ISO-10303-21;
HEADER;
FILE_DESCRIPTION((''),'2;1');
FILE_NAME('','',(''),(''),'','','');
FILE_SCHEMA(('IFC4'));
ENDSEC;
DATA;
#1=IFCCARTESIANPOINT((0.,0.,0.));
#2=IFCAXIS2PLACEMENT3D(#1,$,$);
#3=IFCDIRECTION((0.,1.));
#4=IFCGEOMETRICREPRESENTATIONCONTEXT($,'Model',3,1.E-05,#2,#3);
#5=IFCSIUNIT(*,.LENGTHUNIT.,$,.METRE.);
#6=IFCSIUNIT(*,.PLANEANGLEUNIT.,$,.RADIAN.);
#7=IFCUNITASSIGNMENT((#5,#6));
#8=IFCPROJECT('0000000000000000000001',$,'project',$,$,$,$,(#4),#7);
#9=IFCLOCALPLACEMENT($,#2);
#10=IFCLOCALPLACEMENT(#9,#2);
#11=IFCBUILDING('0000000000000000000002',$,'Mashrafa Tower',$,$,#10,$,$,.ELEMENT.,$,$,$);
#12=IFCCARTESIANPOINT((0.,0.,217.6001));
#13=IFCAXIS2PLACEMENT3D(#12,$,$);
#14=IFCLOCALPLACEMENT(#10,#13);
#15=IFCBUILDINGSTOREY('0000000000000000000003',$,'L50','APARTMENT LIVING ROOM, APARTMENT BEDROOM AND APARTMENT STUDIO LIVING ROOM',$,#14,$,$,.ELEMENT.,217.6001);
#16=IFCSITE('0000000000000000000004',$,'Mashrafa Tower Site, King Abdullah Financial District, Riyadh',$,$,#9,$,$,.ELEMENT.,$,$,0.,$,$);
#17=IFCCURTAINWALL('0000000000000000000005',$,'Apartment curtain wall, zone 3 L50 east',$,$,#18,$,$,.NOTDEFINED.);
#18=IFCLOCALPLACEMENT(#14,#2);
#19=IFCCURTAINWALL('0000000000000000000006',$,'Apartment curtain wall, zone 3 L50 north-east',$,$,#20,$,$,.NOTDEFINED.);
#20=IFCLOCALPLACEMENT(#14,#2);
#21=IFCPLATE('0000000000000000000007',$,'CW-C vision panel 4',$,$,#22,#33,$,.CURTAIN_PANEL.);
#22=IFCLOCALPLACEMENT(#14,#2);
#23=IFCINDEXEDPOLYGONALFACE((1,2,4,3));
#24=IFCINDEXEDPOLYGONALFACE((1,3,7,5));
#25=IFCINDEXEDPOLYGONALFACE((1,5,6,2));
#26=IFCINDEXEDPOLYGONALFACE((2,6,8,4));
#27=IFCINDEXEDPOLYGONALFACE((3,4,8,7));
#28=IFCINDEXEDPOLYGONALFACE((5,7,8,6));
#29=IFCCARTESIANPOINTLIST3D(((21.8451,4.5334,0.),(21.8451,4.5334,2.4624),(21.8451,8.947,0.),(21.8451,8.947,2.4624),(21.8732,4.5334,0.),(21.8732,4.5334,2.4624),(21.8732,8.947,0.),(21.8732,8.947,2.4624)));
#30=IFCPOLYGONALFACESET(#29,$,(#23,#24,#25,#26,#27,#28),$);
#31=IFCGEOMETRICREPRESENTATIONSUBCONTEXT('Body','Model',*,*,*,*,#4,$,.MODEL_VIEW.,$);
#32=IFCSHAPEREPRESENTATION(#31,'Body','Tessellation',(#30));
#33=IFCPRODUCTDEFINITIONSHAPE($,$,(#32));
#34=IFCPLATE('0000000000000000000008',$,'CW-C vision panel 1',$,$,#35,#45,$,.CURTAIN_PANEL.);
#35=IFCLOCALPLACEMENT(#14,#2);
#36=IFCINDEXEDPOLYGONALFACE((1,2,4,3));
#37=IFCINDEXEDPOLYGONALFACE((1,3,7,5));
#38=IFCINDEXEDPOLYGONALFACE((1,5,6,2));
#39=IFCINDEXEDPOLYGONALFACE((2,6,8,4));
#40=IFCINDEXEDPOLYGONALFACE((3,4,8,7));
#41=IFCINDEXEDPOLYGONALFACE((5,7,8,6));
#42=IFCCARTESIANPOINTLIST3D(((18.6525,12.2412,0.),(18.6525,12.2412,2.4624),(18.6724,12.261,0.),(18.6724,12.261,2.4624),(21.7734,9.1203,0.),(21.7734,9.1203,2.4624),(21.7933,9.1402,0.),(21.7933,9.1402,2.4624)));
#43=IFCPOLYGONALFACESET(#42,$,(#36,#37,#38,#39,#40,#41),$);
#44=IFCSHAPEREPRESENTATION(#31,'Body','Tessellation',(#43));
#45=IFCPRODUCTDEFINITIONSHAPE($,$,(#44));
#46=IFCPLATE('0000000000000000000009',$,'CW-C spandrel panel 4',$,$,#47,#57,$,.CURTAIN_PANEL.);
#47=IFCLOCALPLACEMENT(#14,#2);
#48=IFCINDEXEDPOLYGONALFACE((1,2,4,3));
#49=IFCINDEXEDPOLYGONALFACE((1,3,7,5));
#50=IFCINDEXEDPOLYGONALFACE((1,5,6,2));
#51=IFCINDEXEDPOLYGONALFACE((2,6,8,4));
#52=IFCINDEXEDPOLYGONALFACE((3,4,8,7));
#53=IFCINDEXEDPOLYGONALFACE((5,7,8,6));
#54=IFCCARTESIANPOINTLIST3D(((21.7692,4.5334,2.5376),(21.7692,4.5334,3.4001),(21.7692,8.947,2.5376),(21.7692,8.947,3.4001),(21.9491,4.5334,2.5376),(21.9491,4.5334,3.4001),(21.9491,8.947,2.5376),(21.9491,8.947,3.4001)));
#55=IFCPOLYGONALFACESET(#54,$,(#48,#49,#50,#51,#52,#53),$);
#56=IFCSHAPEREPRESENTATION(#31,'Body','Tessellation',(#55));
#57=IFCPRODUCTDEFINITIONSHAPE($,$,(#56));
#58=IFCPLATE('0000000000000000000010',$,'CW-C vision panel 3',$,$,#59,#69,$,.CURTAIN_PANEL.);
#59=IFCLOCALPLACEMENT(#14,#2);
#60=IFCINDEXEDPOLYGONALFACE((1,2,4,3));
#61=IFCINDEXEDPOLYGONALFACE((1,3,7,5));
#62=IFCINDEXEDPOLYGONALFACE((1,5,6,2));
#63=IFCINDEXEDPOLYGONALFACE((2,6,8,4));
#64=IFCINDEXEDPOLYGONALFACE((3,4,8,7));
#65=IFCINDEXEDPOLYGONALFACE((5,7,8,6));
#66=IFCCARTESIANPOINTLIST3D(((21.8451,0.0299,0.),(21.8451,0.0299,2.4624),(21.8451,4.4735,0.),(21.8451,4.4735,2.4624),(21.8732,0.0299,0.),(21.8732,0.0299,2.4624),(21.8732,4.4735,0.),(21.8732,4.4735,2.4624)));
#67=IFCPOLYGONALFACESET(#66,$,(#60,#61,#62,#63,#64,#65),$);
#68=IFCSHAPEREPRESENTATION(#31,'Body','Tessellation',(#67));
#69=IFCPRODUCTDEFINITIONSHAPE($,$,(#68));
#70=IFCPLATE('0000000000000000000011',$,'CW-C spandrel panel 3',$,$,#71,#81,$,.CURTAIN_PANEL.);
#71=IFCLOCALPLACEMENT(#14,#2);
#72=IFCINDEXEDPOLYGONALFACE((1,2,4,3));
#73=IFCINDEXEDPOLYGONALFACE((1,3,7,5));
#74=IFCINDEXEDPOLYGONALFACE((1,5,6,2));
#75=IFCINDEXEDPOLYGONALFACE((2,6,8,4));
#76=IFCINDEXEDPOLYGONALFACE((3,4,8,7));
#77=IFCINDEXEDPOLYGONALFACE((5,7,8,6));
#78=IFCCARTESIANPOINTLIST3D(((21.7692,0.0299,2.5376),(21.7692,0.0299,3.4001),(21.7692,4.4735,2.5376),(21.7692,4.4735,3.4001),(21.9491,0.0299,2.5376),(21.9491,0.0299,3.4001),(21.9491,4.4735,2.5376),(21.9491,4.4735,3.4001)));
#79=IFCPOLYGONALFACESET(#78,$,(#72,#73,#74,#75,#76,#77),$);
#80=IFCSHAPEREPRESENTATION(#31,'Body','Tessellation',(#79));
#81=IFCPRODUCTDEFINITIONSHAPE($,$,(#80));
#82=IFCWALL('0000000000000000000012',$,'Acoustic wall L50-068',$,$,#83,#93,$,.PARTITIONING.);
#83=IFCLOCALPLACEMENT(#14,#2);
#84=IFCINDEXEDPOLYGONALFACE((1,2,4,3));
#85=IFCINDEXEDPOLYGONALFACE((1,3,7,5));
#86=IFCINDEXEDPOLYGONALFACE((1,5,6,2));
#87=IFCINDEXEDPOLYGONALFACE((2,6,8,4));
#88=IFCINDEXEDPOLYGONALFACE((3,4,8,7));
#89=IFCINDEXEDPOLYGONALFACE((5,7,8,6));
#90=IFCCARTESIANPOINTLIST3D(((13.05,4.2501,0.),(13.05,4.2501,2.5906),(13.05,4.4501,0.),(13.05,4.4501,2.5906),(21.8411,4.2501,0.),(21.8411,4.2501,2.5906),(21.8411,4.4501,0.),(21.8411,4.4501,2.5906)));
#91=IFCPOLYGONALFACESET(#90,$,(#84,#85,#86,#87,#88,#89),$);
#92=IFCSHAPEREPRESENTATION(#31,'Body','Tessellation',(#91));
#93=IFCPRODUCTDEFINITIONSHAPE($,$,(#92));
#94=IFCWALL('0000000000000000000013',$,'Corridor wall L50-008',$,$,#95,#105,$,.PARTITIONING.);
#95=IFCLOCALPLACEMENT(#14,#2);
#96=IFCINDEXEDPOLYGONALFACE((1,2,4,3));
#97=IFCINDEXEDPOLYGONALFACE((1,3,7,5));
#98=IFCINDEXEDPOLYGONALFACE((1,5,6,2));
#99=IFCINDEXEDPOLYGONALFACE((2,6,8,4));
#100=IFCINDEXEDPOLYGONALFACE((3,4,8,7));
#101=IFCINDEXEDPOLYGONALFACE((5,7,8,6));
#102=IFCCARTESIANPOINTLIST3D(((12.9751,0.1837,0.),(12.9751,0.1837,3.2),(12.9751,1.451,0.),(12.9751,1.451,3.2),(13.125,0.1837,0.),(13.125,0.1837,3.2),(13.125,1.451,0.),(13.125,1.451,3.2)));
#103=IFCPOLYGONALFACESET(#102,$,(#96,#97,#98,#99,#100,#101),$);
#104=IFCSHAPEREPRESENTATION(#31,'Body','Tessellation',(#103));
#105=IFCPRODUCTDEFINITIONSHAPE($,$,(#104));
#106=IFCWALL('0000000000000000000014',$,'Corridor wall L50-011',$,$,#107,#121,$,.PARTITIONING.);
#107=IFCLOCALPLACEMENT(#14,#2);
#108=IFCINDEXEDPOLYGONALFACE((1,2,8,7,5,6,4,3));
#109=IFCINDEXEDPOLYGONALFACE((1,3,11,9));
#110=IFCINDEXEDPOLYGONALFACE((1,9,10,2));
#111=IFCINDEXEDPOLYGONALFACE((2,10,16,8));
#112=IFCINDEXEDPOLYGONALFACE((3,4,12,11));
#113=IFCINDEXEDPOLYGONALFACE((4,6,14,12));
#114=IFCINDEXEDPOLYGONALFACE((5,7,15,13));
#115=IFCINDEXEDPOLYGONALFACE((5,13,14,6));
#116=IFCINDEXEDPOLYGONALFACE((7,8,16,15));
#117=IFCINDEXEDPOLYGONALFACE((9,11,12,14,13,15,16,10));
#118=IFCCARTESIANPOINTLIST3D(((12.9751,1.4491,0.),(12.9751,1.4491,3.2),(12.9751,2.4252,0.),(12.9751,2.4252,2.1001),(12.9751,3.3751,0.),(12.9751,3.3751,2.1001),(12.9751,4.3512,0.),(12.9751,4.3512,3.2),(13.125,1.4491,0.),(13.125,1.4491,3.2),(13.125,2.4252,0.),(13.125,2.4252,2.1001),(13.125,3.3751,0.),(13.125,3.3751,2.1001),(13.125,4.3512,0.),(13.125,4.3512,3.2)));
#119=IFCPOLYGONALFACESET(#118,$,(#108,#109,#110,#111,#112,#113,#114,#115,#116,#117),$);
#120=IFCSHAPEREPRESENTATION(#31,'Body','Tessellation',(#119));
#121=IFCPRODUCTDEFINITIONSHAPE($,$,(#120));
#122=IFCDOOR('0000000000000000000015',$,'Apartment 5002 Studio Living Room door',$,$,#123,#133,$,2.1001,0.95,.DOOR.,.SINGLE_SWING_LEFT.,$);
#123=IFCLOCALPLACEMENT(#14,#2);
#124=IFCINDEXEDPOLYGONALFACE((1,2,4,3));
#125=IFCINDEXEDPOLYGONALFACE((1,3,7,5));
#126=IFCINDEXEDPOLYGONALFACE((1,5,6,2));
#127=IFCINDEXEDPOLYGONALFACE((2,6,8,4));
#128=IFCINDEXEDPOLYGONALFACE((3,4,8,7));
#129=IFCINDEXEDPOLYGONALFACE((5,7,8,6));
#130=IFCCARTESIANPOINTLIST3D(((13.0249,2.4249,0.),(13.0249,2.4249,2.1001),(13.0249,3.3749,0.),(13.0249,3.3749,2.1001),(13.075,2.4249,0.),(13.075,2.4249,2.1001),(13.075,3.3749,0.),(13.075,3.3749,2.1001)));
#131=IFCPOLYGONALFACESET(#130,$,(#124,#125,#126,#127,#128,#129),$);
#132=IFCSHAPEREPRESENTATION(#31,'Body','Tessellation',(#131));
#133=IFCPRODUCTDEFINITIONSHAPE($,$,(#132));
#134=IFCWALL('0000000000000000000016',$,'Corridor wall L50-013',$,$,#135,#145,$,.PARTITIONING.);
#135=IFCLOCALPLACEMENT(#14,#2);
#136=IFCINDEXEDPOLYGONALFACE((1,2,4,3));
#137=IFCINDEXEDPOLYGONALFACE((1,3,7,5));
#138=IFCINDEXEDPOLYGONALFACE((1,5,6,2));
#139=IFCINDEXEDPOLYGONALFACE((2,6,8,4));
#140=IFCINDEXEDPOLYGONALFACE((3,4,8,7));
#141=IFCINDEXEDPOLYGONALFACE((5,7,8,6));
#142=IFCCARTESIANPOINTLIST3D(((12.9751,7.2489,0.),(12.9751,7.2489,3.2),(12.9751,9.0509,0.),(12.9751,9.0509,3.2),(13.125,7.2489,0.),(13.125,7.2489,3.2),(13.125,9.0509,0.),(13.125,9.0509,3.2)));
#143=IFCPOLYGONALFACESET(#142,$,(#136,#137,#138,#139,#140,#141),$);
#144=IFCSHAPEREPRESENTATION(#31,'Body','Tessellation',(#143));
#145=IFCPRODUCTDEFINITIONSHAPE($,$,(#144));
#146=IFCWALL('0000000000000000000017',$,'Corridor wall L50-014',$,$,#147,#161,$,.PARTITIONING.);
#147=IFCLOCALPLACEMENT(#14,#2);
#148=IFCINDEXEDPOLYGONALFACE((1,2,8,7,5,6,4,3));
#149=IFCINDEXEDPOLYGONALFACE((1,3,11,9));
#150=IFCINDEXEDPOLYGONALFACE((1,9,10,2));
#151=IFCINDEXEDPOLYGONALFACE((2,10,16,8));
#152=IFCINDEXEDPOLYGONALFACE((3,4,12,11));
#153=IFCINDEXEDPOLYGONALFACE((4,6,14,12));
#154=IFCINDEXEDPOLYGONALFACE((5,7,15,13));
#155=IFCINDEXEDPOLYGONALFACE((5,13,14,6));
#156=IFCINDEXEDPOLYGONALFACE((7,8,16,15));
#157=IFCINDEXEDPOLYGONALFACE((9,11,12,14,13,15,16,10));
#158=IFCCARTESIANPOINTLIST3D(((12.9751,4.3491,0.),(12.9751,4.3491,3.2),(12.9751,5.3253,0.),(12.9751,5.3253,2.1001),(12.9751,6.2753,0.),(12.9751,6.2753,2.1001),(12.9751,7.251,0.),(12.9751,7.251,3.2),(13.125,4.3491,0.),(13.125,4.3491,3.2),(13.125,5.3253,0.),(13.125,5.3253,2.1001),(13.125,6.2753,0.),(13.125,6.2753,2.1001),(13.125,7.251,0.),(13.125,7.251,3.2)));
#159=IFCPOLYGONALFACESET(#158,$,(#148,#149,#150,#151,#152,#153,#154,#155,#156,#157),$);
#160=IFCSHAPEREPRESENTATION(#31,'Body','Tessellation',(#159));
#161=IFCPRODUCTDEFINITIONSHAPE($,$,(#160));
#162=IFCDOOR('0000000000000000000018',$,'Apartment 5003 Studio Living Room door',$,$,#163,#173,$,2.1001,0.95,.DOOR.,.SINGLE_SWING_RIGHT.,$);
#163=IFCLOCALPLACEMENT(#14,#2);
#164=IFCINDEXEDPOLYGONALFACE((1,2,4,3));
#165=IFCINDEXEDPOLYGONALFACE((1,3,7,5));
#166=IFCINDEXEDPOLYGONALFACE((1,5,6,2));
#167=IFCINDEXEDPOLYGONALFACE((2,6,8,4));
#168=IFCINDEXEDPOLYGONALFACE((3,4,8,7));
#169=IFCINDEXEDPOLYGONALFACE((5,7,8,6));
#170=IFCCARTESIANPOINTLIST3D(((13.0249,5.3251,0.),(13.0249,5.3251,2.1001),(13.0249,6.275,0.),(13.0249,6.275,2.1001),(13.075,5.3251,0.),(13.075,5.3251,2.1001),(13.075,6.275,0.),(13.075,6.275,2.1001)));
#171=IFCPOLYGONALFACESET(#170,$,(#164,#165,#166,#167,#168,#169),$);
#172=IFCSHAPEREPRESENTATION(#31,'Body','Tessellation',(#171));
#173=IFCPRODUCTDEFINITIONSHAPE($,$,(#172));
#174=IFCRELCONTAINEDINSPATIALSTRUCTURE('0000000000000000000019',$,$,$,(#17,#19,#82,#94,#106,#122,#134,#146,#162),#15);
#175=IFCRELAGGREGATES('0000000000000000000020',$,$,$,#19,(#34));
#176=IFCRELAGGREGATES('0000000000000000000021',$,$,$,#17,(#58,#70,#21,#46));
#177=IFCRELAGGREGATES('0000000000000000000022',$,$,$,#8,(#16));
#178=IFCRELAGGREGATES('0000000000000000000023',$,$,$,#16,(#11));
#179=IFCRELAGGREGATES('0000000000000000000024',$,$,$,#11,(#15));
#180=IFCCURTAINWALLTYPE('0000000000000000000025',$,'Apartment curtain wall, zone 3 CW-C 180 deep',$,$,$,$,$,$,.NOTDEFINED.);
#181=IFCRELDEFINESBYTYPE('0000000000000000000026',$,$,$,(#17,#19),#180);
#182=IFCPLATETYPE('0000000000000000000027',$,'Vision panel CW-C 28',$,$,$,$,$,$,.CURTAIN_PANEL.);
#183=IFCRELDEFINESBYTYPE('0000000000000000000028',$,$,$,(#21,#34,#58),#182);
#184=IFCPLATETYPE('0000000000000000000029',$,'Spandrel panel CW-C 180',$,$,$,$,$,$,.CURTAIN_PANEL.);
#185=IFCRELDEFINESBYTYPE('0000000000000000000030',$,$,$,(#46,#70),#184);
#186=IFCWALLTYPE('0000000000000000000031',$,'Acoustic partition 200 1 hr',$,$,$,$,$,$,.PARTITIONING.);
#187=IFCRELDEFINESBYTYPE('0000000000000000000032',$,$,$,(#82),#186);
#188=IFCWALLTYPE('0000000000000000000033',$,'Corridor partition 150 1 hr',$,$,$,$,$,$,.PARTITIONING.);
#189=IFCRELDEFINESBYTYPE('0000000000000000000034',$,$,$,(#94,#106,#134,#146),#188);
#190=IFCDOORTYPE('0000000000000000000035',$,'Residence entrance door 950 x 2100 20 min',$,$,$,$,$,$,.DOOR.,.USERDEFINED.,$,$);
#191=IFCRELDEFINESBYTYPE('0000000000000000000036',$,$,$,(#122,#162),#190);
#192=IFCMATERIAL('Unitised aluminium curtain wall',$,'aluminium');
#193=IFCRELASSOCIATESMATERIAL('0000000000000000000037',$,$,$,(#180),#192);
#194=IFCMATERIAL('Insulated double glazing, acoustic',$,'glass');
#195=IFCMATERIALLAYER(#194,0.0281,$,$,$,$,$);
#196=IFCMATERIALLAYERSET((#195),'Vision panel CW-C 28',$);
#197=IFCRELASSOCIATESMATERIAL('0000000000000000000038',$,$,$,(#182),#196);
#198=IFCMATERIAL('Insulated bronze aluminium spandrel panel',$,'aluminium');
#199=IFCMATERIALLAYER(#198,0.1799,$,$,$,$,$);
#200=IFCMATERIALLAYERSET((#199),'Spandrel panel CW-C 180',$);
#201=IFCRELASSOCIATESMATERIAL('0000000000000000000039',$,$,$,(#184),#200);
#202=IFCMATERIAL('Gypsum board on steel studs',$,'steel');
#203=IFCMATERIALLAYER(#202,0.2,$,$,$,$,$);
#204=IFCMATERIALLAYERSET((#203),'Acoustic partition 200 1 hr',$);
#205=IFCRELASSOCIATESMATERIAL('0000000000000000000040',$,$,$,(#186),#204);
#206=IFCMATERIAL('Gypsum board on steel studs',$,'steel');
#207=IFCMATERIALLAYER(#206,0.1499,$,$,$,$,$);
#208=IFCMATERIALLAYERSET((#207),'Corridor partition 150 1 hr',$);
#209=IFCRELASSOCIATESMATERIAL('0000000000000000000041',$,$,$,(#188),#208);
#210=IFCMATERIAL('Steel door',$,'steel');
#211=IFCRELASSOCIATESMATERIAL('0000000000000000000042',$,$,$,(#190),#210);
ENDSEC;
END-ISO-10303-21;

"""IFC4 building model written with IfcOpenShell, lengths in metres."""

from ifc_helpers import new_model, si_unit, direction, frame, frame_2d, origin, origin_2d, place, context, subcontext, project, spatial, rectangle, extrude, source, transform, mapped, material, layer, layer_set, type_object, type_shapes, element, fill, aggregate, save


model = new_model("IFC4")

# Units and contexts
model_context = context("Model", 3, precision=1e-05, world=origin(), true_north=direction((0.0, 1.0)))
body_context = subcontext(model_context, "Body", "Model", "MODEL_VIEW")
ifc_project = project(units=[si_unit("LENGTHUNIT", "METRE"), si_unit("PLANEANGLEUNIT", "RADIAN")], contexts=[model_context])

# Site, building, storey
site_placement = place(None, origin())
site = spatial("IfcSite", under=ifc_project, at=site_placement, Name="Mashrafa Tower Site, King Abdullah Financial District, Riyadh", CompositionType="ELEMENT", RefElevation=0.0)
building_placement = place(site_placement, origin())
building = spatial("IfcBuilding", under=site, at=building_placement, Name="Mashrafa Tower", CompositionType="ELEMENT")
storey_placement = place(building_placement, frame((0.0, 0.0, 217.6001)))
storey = spatial("IfcBuildingStorey", under=building, at=storey_placement, Name="L50", Description="APARTMENT LIVING ROOM, APARTMENT BEDROOM AND APARTMENT STUDIO LIVING ROOM", CompositionType="ELEMENT", Elevation=217.6001)

# Curtain wall
ifc_material_1 = material(Name="Unitised aluminium curtain wall", Category="aluminium")
curtain_wall_type = type_object("IfcCurtainWallType", Name="Apartment curtain wall, zone 3 CW-C 180 deep", PredefinedType="NOTDEFINED", material=ifc_material_1)
curtain_wall_1_placement = place(storey_placement, origin())
curtain_wall_1 = element("IfcCurtainWall", 1, at=curtain_wall_1_placement, inside=storey, type_object=curtain_wall_type, Name="Apartment curtain wall, zone 3 L50 east", PredefinedType="NOTDEFINED")

# Curtain wall
curtain_wall_2_placement = place(storey_placement, origin())
curtain_wall_2 = element("IfcCurtainWall", 2, at=curtain_wall_2_placement, inside=storey, type_object=curtain_wall_type, Name="Apartment curtain wall, zone 3 L50 north-east", PredefinedType="NOTDEFINED")

# Plates
ifc_material_2 = material(Name="Insulated double glazing, acoustic", Category="glass")
ifc_layer_1 = layer(ifc_material_2, 0.0281)
ifc_layer_set_1 = layer_set([ifc_layer_1], Name="Vision panel CW-C 28")
plate_type_1 = type_object("IfcPlateType", Name="Vision panel CW-C 28", PredefinedType="CURTAIN_PANEL", material=ifc_layer_set_1)
shared_shape_1 = source(origin(), body_context, "Body", "SweptSolid", [
    extrude(rectangle(XDim=4.4136, YDim=0.0281, at=origin_2d()), origin(), (0.0, 0.0, 1.0), 2.4624),
])
plate_1_placement = place(storey_placement, frame((21.8591, 6.7402, 0.0), z_axis=(0.0, 0.0, 1.0), x_axis=(0.0, 1.0, 0.0)))
plate_1 = element("IfcPlate", 3, at=plate_1_placement, type_object=plate_type_1, Name="CW-C vision panel 4", PredefinedType="CURTAIN_PANEL", context=body_context, shape_type="MappedRepresentation", body=[
    mapped(shared_shape_1, transform((0.0, 0.0, 0.0))),
])
plate_2_placement = place(storey_placement, frame((20.2229, 10.6907, 0.0), z_axis=(0.0, 0.0, 1.0), x_axis=(-0.707107, 0.707107, 0.0)))
plate_2 = element("IfcPlate", 4, at=plate_2_placement, type_object=plate_type_1, Name="CW-C vision panel 1", PredefinedType="CURTAIN_PANEL", context=body_context, shape_type="MappedRepresentation", body=[
    mapped(shared_shape_1, transform((0.0, 0.0, 0.0))),
])
aggregate(curtain_wall_2, [plate_2])
ifc_material_3 = material(Name="Insulated bronze aluminium spandrel panel", Category="aluminium")
ifc_layer_2 = layer(ifc_material_3, 0.1799)
ifc_layer_set_2 = layer_set([ifc_layer_2], Name="Spandrel panel CW-C 180")
plate_type_2 = type_object("IfcPlateType", Name="Spandrel panel CW-C 180", PredefinedType="CURTAIN_PANEL", material=ifc_layer_set_2)
shared_shape_2 = source(origin(), body_context, "Body", "SweptSolid", [
    extrude(rectangle(XDim=4.4136, YDim=0.1799, at=origin_2d()), origin(), (0.0, 0.0, 1.0), 0.8625),
])
plate_3_placement = place(storey_placement, frame((21.8591, 6.7402, 2.5376), z_axis=(0.0, 0.0, 1.0), x_axis=(0.0, 1.0, 0.0)))
plate_3 = element("IfcPlate", 5, at=plate_3_placement, type_object=plate_type_2, Name="CW-C spandrel panel 4", PredefinedType="CURTAIN_PANEL", context=body_context, shape_type="MappedRepresentation", body=[
    mapped(shared_shape_2, transform((0.0, 0.0, 0.0))),
])
shared_shape_3 = source(origin(), body_context, "Body", "SweptSolid", [
    extrude(rectangle(XDim=4.4436, YDim=0.0281, at=origin_2d()), origin(), (0.0, 0.0, 1.0), 2.4624),
])
type_shapes(plate_type_1, [shared_shape_1, shared_shape_3])
plate_4_placement = place(storey_placement, frame((21.8591, 2.2517, 0.0), z_axis=(0.0, 0.0, 1.0), x_axis=(0.0, 1.0, 0.0)))
plate_4 = element("IfcPlate", 6, at=plate_4_placement, type_object=plate_type_1, Name="CW-C vision panel 3", PredefinedType="CURTAIN_PANEL", context=body_context, shape_type="MappedRepresentation", body=[
    mapped(shared_shape_3, transform((0.0, 0.0, 0.0))),
])
shared_shape_4 = source(origin(), body_context, "Body", "SweptSolid", [
    extrude(rectangle(XDim=4.4436, YDim=0.1799, at=origin_2d()), origin(), (0.0, 0.0, 1.0), 0.8625),
])
type_shapes(plate_type_2, [shared_shape_2, shared_shape_4])
plate_5_placement = place(storey_placement, frame((21.8591, 2.2517, 2.5376), z_axis=(0.0, 0.0, 1.0), x_axis=(0.0, 1.0, 0.0)))
plate_5 = element("IfcPlate", 7, at=plate_5_placement, type_object=plate_type_2, Name="CW-C spandrel panel 3", PredefinedType="CURTAIN_PANEL", context=body_context, shape_type="MappedRepresentation", body=[
    mapped(shared_shape_4, transform((0.0, 0.0, 0.0))),
])
aggregate(curtain_wall_1, [plate_4, plate_5, plate_1, plate_3])

# Walls
ifc_material_4 = material(Name="Gypsum board on steel studs", Category="steel")
ifc_layer_3 = layer(ifc_material_4, 0.2)
ifc_layer_set_3 = layer_set([ifc_layer_3], Name="Acoustic partition 200 1 hr")
wall_type_1 = type_object("IfcWallType", Name="Acoustic partition 200 1 hr", PredefinedType="PARTITIONING", material=ifc_layer_set_3)
wall_1_placement = place(storey_placement, frame((21.8411, 4.3501, 0.0), z_axis=(0.0, 0.0, 1.0), x_axis=(-1.0, 0.0, 0.0)))
element("IfcWall", 8, at=wall_1_placement, inside=storey, type_object=wall_type_1, Name="Acoustic wall L50-068", PredefinedType="PARTITIONING", context=body_context, shape_type="SweptSolid", body=[
    extrude(rectangle(XDim=8.791, YDim=0.2, at=frame_2d((4.3955, 0.0))), origin(), (0.0, 0.0, 1.0), 2.5906),
])
ifc_material_5 = material(Name="Gypsum board on steel studs", Category="steel")
ifc_layer_4 = layer(ifc_material_5, 0.1499)
ifc_layer_set_4 = layer_set([ifc_layer_4], Name="Corridor partition 150 1 hr")
wall_type_2 = type_object("IfcWallType", Name="Corridor partition 150 1 hr", PredefinedType="PARTITIONING", material=ifc_layer_set_4)
wall_2_placement = place(storey_placement, frame((13.05, 0.1836, 0.0), z_axis=(0.0, 0.0, 1.0), x_axis=(0.0, 1.0, 0.0)))
element("IfcWall", 9, at=wall_2_placement, inside=storey, type_object=wall_type_2, Name="Corridor wall L50-008", PredefinedType="PARTITIONING", context=body_context, shape_type="SweptSolid", body=[
    extrude(rectangle(XDim=1.2673, YDim=0.1499, at=frame_2d((0.6338, 0.0))), origin(), (0.0, 0.0, 1.0), 3.2),
])

# Wall, opening, door
wall_3_placement = place(storey_placement, frame((13.05, 1.449, 0.0), z_axis=(0.0, 0.0, 1.0), x_axis=(0.0, 1.0, 0.0)))
wall_3 = element("IfcWall", 10, at=wall_3_placement, inside=storey, type_object=wall_type_2, Name="Corridor wall L50-011", PredefinedType="PARTITIONING", context=body_context, shape_type="SweptSolid", body=[
    extrude(rectangle(XDim=2.9021, YDim=0.1499, at=frame_2d((1.4512, 0.0))), origin(), (0.0, 0.0, 1.0), 3.2),
])
opening_1_placement = place(wall_3_placement, frame((0.9761, 0.0, 0.0)))
opening_1 = element("IfcOpeningElement", 11, at=opening_1_placement, cuts=wall_3, PredefinedType="OPENING", context=body_context, shape_type="SweptSolid", body=[
    extrude(rectangle(XDim=0.95, YDim=2.1001, at=frame_2d((0.4751, 1.05))), frame((0.0, 0.085, 0.0), z_axis=(0.0, -1.0, 0.0), x_axis=(1.0, 0.0, 0.0)), (0.0, 0.0, 1.0), 0.1699),
])
ifc_material_6 = material(Name="Steel door", Category="steel")
door_type = type_object("IfcDoorType", Name="Residence entrance door 950 x 2100 20 min", OperationType="USERDEFINED", PredefinedType="DOOR", material=ifc_material_6)
door_1_placement = place(opening_1_placement, frame((0.95, 0.0, 0.0), z_axis=(0.0, 0.0, 1.0), x_axis=(-1.0, 0.0, 0.0)))
door_1 = element("IfcDoor", 12, at=door_1_placement, inside=storey, type_object=door_type, Name="Apartment 5002 Studio Living Room door", OperationType="SINGLE_SWING_LEFT", OverallHeight=2.1001, OverallWidth=0.95, PredefinedType="DOOR", context=body_context, shape_type="SweptSolid", body=[
    extrude(rectangle(XDim=0.95, YDim=2.1001, at=frame_2d((0.4751, 1.05))), frame((0.0, 0.0249, 0.0), z_axis=(0.0, -1.0, 0.0), x_axis=(1.0, 0.0, 0.0)), (0.0, 0.0, 1.0), 0.05),
])
fill(opening_1, door_1)

# Wall
wall_4_placement = place(storey_placement, frame((13.05, 7.249, 0.0), z_axis=(0.0, 0.0, 1.0), x_axis=(0.0, 1.0, 0.0)))
element("IfcWall", 13, at=wall_4_placement, inside=storey, type_object=wall_type_2, Name="Corridor wall L50-013", PredefinedType="PARTITIONING", context=body_context, shape_type="SweptSolid", body=[
    extrude(rectangle(XDim=1.802, YDim=0.1499, at=frame_2d((0.9009, 0.0))), origin(), (0.0, 0.0, 1.0), 3.2),
])

# Wall, opening, door
wall_5_placement = place(storey_placement, frame((13.05, 4.3491, 0.0), z_axis=(0.0, 0.0, 1.0), x_axis=(0.0, 1.0, 0.0)))
wall_5 = element("IfcWall", 14, at=wall_5_placement, inside=storey, type_object=wall_type_2, Name="Corridor wall L50-014", PredefinedType="PARTITIONING", context=body_context, shape_type="SweptSolid", body=[
    extrude(rectangle(XDim=2.9019, YDim=0.1499, at=frame_2d((1.4509, 0.0))), origin(), (0.0, 0.0, 1.0), 3.2),
])
opening_2_placement = place(wall_5_placement, frame((0.9761, 0.0, 0.0)))
opening_2 = element("IfcOpeningElement", 15, at=opening_2_placement, cuts=wall_5, PredefinedType="OPENING", context=body_context, shape_type="SweptSolid", body=[
    extrude(rectangle(XDim=0.95, YDim=2.1001, at=frame_2d((0.4751, 1.05))), frame((0.0, 0.085, 0.0), z_axis=(0.0, -1.0, 0.0), x_axis=(1.0, 0.0, 0.0)), (0.0, 0.0, 1.0), 0.1699),
])
door_2_placement = place(opening_2_placement, frame((0.95, 0.0, 0.0), z_axis=(0.0, 0.0, 1.0), x_axis=(-1.0, 0.0, 0.0)))
door_2 = element("IfcDoor", 16, at=door_2_placement, inside=storey, type_object=door_type, Name="Apartment 5003 Studio Living Room door", OperationType="SINGLE_SWING_RIGHT", OverallHeight=2.1001, OverallWidth=0.95, PredefinedType="DOOR", context=body_context, shape_type="SweptSolid", body=[
    extrude(rectangle(XDim=0.95, YDim=2.1001, at=frame_2d((0.4751, 1.05))), frame((0.0, 0.0249, 0.0), z_axis=(0.0, -1.0, 0.0), x_axis=(1.0, 0.0, 0.0)), (0.0, 0.0, 1.0), 0.05),
])
fill(opening_2, door_2)

save(model, "model.ifc")
